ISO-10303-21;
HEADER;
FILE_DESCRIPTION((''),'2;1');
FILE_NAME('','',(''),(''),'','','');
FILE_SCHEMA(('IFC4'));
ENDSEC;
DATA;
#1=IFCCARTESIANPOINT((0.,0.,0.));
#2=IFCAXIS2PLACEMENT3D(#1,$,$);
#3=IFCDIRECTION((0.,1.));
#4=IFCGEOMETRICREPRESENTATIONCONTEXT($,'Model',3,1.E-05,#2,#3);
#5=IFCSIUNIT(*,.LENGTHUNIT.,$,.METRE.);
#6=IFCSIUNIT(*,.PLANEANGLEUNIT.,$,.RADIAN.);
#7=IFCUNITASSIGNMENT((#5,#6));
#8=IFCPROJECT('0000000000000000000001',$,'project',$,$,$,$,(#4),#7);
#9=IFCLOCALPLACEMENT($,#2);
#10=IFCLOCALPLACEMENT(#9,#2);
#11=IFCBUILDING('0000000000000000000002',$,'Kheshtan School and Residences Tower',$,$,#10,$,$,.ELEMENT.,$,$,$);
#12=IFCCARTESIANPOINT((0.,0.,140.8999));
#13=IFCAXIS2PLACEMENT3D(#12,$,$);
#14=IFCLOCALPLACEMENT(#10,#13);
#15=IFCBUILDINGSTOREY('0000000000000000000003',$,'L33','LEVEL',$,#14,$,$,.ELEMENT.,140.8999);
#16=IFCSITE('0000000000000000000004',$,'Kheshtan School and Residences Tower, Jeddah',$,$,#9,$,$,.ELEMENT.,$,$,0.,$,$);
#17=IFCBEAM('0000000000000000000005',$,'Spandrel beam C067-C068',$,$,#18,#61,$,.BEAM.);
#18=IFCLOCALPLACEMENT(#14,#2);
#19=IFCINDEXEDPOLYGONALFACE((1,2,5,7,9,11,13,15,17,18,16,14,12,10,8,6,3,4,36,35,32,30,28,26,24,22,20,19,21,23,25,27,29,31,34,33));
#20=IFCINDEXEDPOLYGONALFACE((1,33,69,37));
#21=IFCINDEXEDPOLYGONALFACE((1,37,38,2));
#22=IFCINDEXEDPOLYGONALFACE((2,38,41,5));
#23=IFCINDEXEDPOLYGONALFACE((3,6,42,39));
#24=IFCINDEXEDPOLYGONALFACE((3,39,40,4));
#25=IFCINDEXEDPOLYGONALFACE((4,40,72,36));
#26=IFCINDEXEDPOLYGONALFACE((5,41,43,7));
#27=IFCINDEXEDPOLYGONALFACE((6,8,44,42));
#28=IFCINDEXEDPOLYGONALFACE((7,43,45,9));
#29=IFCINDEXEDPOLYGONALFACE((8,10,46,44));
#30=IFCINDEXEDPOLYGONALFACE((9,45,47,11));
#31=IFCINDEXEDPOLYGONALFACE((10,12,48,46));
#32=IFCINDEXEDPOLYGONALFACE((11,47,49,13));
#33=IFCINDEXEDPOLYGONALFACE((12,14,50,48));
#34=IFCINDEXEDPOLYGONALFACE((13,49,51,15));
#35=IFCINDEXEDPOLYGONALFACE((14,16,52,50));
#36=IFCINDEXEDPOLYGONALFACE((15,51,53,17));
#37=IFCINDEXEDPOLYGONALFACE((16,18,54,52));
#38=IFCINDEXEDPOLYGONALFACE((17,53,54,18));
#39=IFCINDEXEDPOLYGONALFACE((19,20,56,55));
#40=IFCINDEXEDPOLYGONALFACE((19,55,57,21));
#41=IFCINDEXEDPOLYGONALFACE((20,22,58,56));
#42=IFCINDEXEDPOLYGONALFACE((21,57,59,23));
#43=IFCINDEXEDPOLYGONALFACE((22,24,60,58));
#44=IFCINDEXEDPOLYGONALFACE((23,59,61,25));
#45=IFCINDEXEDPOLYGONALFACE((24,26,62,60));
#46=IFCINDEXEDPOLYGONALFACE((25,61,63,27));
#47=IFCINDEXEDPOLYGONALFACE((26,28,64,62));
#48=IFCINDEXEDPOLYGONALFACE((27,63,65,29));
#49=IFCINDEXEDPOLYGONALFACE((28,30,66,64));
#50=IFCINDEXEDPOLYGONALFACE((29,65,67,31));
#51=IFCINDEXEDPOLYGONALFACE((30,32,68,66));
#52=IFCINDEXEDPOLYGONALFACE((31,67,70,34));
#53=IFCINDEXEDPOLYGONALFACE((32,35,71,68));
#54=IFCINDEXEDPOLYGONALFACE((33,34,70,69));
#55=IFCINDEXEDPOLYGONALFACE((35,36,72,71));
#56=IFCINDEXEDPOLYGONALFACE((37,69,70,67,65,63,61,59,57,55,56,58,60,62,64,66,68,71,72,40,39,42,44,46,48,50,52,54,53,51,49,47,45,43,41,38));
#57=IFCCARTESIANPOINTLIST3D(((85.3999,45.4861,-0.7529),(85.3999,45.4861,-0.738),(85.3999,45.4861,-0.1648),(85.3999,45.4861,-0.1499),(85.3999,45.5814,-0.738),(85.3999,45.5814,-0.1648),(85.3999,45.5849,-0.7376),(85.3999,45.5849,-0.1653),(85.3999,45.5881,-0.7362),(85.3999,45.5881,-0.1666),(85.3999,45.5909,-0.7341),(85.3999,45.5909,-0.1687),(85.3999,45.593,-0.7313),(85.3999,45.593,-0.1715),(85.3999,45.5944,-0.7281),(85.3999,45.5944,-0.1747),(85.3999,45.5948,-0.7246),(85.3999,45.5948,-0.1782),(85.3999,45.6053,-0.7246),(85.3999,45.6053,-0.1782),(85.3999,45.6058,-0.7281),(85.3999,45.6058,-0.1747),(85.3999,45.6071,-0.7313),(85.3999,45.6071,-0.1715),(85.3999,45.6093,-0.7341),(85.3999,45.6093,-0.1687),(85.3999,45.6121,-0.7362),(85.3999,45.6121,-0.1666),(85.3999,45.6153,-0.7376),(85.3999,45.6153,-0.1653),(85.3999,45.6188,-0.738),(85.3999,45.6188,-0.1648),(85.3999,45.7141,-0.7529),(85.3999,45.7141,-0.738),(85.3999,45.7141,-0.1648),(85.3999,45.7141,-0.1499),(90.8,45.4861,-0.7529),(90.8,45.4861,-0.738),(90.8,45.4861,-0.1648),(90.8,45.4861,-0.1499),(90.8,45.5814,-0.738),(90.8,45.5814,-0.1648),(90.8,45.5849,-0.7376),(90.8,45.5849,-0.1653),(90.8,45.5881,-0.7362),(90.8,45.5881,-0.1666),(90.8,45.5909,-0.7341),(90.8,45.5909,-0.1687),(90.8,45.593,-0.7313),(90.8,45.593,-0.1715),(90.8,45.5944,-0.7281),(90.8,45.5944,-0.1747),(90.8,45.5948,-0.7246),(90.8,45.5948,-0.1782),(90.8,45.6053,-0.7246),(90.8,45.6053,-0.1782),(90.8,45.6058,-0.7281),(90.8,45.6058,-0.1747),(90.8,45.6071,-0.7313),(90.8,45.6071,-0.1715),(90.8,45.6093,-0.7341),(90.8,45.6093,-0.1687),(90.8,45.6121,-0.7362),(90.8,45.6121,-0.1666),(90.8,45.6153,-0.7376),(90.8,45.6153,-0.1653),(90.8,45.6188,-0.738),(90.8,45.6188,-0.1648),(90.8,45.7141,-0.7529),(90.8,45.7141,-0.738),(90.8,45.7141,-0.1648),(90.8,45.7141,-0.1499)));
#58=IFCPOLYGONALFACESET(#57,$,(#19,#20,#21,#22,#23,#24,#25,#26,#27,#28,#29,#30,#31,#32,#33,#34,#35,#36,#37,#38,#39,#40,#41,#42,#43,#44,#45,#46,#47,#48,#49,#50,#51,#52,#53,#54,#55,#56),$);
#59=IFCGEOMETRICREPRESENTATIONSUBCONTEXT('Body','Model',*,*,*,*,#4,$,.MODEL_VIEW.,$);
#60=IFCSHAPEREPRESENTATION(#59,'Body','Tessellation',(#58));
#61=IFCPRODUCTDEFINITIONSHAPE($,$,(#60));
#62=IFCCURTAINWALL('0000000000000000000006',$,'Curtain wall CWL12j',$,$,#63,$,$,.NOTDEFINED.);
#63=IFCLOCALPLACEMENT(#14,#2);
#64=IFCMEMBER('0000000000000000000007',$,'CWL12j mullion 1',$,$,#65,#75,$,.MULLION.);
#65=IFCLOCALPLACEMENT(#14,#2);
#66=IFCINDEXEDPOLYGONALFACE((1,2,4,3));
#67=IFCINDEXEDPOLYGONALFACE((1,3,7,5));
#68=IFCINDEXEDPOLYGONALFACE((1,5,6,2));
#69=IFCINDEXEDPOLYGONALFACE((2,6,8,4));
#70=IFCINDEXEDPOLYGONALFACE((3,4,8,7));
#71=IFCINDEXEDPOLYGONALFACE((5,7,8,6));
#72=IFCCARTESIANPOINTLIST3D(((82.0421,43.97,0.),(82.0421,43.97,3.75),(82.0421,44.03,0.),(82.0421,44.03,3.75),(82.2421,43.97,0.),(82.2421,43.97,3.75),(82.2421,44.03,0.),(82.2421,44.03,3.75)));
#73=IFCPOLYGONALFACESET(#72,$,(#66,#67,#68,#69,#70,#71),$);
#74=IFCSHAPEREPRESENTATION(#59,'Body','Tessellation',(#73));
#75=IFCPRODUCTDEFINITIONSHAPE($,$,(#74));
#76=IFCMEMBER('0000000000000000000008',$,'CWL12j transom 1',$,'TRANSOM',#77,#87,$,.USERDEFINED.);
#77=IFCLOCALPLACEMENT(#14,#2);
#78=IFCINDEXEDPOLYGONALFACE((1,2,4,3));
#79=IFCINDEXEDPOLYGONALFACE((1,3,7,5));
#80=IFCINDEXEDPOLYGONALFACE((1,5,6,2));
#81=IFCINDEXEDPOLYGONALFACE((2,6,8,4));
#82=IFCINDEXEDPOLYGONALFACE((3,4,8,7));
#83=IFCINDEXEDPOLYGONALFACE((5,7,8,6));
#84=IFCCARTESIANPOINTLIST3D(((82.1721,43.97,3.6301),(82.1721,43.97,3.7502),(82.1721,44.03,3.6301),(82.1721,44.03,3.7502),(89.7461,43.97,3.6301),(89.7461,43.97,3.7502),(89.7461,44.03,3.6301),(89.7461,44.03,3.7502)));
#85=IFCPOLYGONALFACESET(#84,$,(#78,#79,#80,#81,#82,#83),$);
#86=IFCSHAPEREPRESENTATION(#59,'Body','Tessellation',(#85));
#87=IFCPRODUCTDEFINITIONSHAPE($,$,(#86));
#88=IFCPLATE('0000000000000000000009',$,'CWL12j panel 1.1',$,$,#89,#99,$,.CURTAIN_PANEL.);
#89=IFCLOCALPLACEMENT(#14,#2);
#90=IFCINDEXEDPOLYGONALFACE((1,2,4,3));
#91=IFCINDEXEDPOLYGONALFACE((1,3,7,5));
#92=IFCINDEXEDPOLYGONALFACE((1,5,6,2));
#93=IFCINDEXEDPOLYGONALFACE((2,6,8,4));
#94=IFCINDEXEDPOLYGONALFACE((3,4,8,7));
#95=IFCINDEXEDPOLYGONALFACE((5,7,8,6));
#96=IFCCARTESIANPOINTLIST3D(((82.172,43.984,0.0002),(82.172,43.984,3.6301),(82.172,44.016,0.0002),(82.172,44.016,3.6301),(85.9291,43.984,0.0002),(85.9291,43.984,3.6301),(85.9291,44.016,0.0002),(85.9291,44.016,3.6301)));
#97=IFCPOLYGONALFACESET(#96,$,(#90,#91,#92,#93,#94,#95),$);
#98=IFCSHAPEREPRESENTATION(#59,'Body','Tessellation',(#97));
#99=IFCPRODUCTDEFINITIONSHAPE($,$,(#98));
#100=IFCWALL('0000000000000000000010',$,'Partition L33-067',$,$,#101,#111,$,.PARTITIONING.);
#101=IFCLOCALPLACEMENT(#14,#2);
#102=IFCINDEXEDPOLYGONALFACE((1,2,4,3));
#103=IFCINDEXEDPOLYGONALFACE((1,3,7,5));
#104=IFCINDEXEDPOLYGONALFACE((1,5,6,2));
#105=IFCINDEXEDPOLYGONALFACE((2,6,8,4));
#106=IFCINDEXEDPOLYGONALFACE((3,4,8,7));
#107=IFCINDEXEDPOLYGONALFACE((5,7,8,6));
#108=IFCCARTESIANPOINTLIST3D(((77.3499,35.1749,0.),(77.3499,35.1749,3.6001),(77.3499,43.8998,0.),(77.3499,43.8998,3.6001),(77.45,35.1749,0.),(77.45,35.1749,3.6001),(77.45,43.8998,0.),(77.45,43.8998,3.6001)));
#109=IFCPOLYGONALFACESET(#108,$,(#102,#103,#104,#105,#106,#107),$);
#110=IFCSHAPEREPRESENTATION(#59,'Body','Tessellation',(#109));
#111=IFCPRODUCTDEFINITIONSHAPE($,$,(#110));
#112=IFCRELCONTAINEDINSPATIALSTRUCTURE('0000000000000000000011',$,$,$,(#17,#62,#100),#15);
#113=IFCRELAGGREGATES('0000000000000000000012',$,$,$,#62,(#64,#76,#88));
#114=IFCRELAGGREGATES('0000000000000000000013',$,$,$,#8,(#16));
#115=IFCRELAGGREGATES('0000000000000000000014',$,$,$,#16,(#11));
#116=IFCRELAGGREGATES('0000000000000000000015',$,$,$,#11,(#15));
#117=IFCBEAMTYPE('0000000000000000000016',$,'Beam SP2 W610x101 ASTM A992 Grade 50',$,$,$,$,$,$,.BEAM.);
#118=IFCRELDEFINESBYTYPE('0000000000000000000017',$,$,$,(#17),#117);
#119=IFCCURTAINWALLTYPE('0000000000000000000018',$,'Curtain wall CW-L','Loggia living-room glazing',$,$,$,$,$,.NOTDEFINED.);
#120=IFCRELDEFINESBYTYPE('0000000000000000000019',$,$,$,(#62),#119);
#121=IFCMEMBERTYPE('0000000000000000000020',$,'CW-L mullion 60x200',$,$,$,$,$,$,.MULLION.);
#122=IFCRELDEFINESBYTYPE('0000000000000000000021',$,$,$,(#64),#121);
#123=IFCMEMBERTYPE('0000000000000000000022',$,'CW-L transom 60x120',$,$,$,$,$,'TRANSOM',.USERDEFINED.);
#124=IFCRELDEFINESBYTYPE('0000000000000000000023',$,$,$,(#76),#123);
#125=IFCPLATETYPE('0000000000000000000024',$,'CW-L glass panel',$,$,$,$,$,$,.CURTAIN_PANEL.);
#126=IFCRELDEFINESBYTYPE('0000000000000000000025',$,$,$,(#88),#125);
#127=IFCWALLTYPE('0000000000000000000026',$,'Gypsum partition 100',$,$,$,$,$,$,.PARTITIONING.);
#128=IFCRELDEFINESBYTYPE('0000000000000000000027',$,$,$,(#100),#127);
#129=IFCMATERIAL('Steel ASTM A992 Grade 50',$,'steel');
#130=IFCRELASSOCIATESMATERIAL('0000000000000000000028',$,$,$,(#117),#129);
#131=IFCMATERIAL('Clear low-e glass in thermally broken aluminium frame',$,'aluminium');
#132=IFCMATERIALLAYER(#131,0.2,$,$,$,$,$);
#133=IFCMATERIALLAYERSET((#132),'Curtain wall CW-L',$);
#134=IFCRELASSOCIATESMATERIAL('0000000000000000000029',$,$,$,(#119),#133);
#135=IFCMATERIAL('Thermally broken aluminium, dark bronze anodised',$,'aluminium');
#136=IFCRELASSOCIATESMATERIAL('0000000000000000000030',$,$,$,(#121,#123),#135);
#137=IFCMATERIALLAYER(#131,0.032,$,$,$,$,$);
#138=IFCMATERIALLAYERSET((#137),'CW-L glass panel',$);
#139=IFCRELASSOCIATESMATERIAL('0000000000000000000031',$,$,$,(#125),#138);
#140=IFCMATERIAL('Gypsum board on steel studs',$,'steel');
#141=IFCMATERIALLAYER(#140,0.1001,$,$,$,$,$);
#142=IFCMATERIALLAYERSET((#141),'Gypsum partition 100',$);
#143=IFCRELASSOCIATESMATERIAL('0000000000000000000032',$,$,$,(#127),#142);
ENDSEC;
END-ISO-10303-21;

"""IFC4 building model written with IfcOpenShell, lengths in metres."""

from ifc_helpers import new_model, si_unit, direction, frame, frame_2d, origin, origin_2d, place, context, subcontext, project, spatial, rectangle, i_section, extrude, material, layer, layer_set, material_profile, profile_set, type_object, element, aggregate, save


model = new_model("IFC4")

# Units and contexts
model_context = context("Model", 3, precision=1e-05, world=origin(), true_north=direction((0.0, 1.0)))
body_context = subcontext(model_context, "Body", "Model", "MODEL_VIEW")
ifc_project = project(units=[si_unit("LENGTHUNIT", "METRE"), si_unit("PLANEANGLEUNIT", "RADIAN")], contexts=[model_context])

# Site, building, storey
site_placement = place(None, origin())
site = spatial("IfcSite", under=ifc_project, at=site_placement, Name="Kheshtan School and Residences Tower, Jeddah", CompositionType="ELEMENT", RefElevation=0.0)
building_placement = place(site_placement, origin())
building = spatial("IfcBuilding", under=site, at=building_placement, Name="Kheshtan School and Residences Tower", CompositionType="ELEMENT")
storey_placement = place(building_placement, frame((0.0, 0.0, 140.8999)))
storey = spatial("IfcBuildingStorey", under=building, at=storey_placement, Name="L33", Description="LEVEL", CompositionType="ELEMENT", Elevation=140.8999)

# Shared definitions
ifc_material_1 = material(Name="Steel ASTM A992 Grade 50", Category="steel")

# Beam
ifc_material_profile_1 = material_profile(ifc_material_1, i_section(OverallWidth=0.228, OverallDepth=0.603, WebThickness=0.0105, FlangeThickness=0.0149, FilletRadius=0.0134, at=origin_2d()), Name="W610x101")
ifc_profile_set_1 = profile_set([ifc_material_profile_1], Name="Steel ASTM A992 Grade 50")
beam_type_1 = type_object("IfcBeamType", Name="Beam SP2 W610x101 ASTM A992 Grade 50", PredefinedType="BEAM", material=ifc_profile_set_1)
beam_1_placement = place(storey_placement, frame((85.3999, 45.6001, -0.4514), z_axis=(1.0, 0.0, 0.0), x_axis=(0.0, 1.0, 0.0)))
element("IfcBeam", 1, at=beam_1_placement, inside=storey, type_object=beam_type_1, Name="Spandrel beam C067-C068", PredefinedType="BEAM", context=body_context, shape_type="SweptSolid", body=[
    extrude(i_section(OverallWidth=0.228, OverallDepth=0.603, WebThickness=0.0105, FlangeThickness=0.0149, FilletRadius=0.0134, at=origin_2d()), origin(), (0.0, 0.0, 1.0), 5.4001),
])

# Curtain wall, members, plate
ifc_material_2 = material(Name="Clear low-e glass in thermally broken aluminium frame", Category="aluminium")
ifc_layer_1 = layer(ifc_material_2, 0.2)
ifc_layer_set_1 = layer_set([ifc_layer_1], Name="Curtain wall CW-L")
curtain_wall_type = type_object("IfcCurtainWallType", Name="Curtain wall CW-L", Description="Loggia living-room glazing", PredefinedType="NOTDEFINED", material=ifc_layer_set_1)
curtain_wall_placement = place(storey_placement, origin())
curtain_wall = element("IfcCurtainWall", 2, at=curtain_wall_placement, inside=storey, type_object=curtain_wall_type, Name="Curtain wall CWL12j", PredefinedType="NOTDEFINED")
ifc_material_3 = material(Name="Thermally broken aluminium, dark bronze anodised", Category="aluminium")
ifc_material_profile_2 = material_profile(ifc_material_3, rectangle(XDim=0.0601, YDim=0.2, at=origin_2d()), Name="CW-L mullion 60x200")
ifc_profile_set_2 = profile_set([ifc_material_profile_2], Name="Thermally broken aluminium, dark bronze anodised")
member_type_1 = type_object("IfcMemberType", Name="CW-L mullion 60x200", PredefinedType="MULLION", material=ifc_profile_set_2)
member_1_placement = place(storey_placement, frame((82.1421, 44.0, 0.0), z_axis=(0.0, 0.0, 1.0), x_axis=(0.0, 1.0, 0.0)))
member_1 = element("IfcMember", 3, at=member_1_placement, type_object=member_type_1, Name="CWL12j mullion 1", PredefinedType="MULLION", context=body_context, shape_type="SweptSolid", body=[
    extrude(rectangle(XDim=0.0601, YDim=0.2, at=origin_2d()), origin(), (0.0, 0.0, 1.0), 3.75),
])
ifc_material_profile_3 = material_profile(ifc_material_3, rectangle(XDim=0.0601, YDim=0.1201, at=origin_2d()), Name="CW-L transom 60x120")
ifc_profile_set_3 = profile_set([ifc_material_profile_3], Name="Thermally broken aluminium, dark bronze anodised")
member_type_2 = type_object("IfcMemberType", Name="CW-L transom 60x120", ElementType="TRANSOM", PredefinedType="USERDEFINED", material=ifc_profile_set_3)
member_2_placement = place(storey_placement, frame((82.1721, 44.0, 3.6902), z_axis=(1.0, 0.0, 0.0), x_axis=(0.0, 1.0, 0.0)))
member_2 = element("IfcMember", 4, at=member_2_placement, type_object=member_type_2, Name="CWL12j transom 1", ObjectType="TRANSOM", PredefinedType="USERDEFINED", context=body_context, shape_type="SweptSolid", body=[
    extrude(rectangle(XDim=0.0601, YDim=0.1201, at=origin_2d()), origin(), (0.0, 0.0, 1.0), 7.574),
])
ifc_layer_2 = layer(ifc_material_2, 0.032)
ifc_layer_set_2 = layer_set([ifc_layer_2], Name="CW-L glass panel")
plate_type = type_object("IfcPlateType", Name="CW-L glass panel", PredefinedType="CURTAIN_PANEL", material=ifc_layer_set_2)
plate_placement = place(storey_placement, frame((84.0505, 44.0, 0.0002), z_axis=(0.0, 0.0, 1.0), x_axis=(1.0, 0.0, 0.0)))
plate = element("IfcPlate", 5, at=plate_placement, type_object=plate_type, Name="CWL12j panel 1.1", PredefinedType="CURTAIN_PANEL", context=body_context, shape_type="SweptSolid", body=[
    extrude(rectangle(XDim=3.7571, YDim=0.032, at=origin_2d()), origin(), (0.0, 0.0, 1.0), 3.6299),
])
aggregate(curtain_wall, [member_1, member_2, plate])

# Wall
ifc_material_4 = material(Name="Gypsum board on steel studs", Category="steel")
ifc_layer_3 = layer(ifc_material_4, 0.1001)
ifc_layer_set_3 = layer_set([ifc_layer_3], Name="Gypsum partition 100")
wall_type_1 = type_object("IfcWallType", Name="Gypsum partition 100", PredefinedType="PARTITIONING", material=ifc_layer_set_3)
wall_1_placement = place(storey_placement, frame((77.3999, 35.175, 0.0), z_axis=(0.0, 0.0, 1.0), x_axis=(0.0, 1.0, 0.0)))
element("IfcWall", 6, at=wall_1_placement, inside=storey, type_object=wall_type_1, Name="Partition L33-067", PredefinedType="PARTITIONING", context=body_context, shape_type="SweptSolid", body=[
    extrude(rectangle(XDim=8.7249, YDim=0.1001, at=frame_2d((4.3623, 0.0))), origin(), (0.0, 0.0, 1.0), 3.6001),
])

save(model, "model.ifc")
